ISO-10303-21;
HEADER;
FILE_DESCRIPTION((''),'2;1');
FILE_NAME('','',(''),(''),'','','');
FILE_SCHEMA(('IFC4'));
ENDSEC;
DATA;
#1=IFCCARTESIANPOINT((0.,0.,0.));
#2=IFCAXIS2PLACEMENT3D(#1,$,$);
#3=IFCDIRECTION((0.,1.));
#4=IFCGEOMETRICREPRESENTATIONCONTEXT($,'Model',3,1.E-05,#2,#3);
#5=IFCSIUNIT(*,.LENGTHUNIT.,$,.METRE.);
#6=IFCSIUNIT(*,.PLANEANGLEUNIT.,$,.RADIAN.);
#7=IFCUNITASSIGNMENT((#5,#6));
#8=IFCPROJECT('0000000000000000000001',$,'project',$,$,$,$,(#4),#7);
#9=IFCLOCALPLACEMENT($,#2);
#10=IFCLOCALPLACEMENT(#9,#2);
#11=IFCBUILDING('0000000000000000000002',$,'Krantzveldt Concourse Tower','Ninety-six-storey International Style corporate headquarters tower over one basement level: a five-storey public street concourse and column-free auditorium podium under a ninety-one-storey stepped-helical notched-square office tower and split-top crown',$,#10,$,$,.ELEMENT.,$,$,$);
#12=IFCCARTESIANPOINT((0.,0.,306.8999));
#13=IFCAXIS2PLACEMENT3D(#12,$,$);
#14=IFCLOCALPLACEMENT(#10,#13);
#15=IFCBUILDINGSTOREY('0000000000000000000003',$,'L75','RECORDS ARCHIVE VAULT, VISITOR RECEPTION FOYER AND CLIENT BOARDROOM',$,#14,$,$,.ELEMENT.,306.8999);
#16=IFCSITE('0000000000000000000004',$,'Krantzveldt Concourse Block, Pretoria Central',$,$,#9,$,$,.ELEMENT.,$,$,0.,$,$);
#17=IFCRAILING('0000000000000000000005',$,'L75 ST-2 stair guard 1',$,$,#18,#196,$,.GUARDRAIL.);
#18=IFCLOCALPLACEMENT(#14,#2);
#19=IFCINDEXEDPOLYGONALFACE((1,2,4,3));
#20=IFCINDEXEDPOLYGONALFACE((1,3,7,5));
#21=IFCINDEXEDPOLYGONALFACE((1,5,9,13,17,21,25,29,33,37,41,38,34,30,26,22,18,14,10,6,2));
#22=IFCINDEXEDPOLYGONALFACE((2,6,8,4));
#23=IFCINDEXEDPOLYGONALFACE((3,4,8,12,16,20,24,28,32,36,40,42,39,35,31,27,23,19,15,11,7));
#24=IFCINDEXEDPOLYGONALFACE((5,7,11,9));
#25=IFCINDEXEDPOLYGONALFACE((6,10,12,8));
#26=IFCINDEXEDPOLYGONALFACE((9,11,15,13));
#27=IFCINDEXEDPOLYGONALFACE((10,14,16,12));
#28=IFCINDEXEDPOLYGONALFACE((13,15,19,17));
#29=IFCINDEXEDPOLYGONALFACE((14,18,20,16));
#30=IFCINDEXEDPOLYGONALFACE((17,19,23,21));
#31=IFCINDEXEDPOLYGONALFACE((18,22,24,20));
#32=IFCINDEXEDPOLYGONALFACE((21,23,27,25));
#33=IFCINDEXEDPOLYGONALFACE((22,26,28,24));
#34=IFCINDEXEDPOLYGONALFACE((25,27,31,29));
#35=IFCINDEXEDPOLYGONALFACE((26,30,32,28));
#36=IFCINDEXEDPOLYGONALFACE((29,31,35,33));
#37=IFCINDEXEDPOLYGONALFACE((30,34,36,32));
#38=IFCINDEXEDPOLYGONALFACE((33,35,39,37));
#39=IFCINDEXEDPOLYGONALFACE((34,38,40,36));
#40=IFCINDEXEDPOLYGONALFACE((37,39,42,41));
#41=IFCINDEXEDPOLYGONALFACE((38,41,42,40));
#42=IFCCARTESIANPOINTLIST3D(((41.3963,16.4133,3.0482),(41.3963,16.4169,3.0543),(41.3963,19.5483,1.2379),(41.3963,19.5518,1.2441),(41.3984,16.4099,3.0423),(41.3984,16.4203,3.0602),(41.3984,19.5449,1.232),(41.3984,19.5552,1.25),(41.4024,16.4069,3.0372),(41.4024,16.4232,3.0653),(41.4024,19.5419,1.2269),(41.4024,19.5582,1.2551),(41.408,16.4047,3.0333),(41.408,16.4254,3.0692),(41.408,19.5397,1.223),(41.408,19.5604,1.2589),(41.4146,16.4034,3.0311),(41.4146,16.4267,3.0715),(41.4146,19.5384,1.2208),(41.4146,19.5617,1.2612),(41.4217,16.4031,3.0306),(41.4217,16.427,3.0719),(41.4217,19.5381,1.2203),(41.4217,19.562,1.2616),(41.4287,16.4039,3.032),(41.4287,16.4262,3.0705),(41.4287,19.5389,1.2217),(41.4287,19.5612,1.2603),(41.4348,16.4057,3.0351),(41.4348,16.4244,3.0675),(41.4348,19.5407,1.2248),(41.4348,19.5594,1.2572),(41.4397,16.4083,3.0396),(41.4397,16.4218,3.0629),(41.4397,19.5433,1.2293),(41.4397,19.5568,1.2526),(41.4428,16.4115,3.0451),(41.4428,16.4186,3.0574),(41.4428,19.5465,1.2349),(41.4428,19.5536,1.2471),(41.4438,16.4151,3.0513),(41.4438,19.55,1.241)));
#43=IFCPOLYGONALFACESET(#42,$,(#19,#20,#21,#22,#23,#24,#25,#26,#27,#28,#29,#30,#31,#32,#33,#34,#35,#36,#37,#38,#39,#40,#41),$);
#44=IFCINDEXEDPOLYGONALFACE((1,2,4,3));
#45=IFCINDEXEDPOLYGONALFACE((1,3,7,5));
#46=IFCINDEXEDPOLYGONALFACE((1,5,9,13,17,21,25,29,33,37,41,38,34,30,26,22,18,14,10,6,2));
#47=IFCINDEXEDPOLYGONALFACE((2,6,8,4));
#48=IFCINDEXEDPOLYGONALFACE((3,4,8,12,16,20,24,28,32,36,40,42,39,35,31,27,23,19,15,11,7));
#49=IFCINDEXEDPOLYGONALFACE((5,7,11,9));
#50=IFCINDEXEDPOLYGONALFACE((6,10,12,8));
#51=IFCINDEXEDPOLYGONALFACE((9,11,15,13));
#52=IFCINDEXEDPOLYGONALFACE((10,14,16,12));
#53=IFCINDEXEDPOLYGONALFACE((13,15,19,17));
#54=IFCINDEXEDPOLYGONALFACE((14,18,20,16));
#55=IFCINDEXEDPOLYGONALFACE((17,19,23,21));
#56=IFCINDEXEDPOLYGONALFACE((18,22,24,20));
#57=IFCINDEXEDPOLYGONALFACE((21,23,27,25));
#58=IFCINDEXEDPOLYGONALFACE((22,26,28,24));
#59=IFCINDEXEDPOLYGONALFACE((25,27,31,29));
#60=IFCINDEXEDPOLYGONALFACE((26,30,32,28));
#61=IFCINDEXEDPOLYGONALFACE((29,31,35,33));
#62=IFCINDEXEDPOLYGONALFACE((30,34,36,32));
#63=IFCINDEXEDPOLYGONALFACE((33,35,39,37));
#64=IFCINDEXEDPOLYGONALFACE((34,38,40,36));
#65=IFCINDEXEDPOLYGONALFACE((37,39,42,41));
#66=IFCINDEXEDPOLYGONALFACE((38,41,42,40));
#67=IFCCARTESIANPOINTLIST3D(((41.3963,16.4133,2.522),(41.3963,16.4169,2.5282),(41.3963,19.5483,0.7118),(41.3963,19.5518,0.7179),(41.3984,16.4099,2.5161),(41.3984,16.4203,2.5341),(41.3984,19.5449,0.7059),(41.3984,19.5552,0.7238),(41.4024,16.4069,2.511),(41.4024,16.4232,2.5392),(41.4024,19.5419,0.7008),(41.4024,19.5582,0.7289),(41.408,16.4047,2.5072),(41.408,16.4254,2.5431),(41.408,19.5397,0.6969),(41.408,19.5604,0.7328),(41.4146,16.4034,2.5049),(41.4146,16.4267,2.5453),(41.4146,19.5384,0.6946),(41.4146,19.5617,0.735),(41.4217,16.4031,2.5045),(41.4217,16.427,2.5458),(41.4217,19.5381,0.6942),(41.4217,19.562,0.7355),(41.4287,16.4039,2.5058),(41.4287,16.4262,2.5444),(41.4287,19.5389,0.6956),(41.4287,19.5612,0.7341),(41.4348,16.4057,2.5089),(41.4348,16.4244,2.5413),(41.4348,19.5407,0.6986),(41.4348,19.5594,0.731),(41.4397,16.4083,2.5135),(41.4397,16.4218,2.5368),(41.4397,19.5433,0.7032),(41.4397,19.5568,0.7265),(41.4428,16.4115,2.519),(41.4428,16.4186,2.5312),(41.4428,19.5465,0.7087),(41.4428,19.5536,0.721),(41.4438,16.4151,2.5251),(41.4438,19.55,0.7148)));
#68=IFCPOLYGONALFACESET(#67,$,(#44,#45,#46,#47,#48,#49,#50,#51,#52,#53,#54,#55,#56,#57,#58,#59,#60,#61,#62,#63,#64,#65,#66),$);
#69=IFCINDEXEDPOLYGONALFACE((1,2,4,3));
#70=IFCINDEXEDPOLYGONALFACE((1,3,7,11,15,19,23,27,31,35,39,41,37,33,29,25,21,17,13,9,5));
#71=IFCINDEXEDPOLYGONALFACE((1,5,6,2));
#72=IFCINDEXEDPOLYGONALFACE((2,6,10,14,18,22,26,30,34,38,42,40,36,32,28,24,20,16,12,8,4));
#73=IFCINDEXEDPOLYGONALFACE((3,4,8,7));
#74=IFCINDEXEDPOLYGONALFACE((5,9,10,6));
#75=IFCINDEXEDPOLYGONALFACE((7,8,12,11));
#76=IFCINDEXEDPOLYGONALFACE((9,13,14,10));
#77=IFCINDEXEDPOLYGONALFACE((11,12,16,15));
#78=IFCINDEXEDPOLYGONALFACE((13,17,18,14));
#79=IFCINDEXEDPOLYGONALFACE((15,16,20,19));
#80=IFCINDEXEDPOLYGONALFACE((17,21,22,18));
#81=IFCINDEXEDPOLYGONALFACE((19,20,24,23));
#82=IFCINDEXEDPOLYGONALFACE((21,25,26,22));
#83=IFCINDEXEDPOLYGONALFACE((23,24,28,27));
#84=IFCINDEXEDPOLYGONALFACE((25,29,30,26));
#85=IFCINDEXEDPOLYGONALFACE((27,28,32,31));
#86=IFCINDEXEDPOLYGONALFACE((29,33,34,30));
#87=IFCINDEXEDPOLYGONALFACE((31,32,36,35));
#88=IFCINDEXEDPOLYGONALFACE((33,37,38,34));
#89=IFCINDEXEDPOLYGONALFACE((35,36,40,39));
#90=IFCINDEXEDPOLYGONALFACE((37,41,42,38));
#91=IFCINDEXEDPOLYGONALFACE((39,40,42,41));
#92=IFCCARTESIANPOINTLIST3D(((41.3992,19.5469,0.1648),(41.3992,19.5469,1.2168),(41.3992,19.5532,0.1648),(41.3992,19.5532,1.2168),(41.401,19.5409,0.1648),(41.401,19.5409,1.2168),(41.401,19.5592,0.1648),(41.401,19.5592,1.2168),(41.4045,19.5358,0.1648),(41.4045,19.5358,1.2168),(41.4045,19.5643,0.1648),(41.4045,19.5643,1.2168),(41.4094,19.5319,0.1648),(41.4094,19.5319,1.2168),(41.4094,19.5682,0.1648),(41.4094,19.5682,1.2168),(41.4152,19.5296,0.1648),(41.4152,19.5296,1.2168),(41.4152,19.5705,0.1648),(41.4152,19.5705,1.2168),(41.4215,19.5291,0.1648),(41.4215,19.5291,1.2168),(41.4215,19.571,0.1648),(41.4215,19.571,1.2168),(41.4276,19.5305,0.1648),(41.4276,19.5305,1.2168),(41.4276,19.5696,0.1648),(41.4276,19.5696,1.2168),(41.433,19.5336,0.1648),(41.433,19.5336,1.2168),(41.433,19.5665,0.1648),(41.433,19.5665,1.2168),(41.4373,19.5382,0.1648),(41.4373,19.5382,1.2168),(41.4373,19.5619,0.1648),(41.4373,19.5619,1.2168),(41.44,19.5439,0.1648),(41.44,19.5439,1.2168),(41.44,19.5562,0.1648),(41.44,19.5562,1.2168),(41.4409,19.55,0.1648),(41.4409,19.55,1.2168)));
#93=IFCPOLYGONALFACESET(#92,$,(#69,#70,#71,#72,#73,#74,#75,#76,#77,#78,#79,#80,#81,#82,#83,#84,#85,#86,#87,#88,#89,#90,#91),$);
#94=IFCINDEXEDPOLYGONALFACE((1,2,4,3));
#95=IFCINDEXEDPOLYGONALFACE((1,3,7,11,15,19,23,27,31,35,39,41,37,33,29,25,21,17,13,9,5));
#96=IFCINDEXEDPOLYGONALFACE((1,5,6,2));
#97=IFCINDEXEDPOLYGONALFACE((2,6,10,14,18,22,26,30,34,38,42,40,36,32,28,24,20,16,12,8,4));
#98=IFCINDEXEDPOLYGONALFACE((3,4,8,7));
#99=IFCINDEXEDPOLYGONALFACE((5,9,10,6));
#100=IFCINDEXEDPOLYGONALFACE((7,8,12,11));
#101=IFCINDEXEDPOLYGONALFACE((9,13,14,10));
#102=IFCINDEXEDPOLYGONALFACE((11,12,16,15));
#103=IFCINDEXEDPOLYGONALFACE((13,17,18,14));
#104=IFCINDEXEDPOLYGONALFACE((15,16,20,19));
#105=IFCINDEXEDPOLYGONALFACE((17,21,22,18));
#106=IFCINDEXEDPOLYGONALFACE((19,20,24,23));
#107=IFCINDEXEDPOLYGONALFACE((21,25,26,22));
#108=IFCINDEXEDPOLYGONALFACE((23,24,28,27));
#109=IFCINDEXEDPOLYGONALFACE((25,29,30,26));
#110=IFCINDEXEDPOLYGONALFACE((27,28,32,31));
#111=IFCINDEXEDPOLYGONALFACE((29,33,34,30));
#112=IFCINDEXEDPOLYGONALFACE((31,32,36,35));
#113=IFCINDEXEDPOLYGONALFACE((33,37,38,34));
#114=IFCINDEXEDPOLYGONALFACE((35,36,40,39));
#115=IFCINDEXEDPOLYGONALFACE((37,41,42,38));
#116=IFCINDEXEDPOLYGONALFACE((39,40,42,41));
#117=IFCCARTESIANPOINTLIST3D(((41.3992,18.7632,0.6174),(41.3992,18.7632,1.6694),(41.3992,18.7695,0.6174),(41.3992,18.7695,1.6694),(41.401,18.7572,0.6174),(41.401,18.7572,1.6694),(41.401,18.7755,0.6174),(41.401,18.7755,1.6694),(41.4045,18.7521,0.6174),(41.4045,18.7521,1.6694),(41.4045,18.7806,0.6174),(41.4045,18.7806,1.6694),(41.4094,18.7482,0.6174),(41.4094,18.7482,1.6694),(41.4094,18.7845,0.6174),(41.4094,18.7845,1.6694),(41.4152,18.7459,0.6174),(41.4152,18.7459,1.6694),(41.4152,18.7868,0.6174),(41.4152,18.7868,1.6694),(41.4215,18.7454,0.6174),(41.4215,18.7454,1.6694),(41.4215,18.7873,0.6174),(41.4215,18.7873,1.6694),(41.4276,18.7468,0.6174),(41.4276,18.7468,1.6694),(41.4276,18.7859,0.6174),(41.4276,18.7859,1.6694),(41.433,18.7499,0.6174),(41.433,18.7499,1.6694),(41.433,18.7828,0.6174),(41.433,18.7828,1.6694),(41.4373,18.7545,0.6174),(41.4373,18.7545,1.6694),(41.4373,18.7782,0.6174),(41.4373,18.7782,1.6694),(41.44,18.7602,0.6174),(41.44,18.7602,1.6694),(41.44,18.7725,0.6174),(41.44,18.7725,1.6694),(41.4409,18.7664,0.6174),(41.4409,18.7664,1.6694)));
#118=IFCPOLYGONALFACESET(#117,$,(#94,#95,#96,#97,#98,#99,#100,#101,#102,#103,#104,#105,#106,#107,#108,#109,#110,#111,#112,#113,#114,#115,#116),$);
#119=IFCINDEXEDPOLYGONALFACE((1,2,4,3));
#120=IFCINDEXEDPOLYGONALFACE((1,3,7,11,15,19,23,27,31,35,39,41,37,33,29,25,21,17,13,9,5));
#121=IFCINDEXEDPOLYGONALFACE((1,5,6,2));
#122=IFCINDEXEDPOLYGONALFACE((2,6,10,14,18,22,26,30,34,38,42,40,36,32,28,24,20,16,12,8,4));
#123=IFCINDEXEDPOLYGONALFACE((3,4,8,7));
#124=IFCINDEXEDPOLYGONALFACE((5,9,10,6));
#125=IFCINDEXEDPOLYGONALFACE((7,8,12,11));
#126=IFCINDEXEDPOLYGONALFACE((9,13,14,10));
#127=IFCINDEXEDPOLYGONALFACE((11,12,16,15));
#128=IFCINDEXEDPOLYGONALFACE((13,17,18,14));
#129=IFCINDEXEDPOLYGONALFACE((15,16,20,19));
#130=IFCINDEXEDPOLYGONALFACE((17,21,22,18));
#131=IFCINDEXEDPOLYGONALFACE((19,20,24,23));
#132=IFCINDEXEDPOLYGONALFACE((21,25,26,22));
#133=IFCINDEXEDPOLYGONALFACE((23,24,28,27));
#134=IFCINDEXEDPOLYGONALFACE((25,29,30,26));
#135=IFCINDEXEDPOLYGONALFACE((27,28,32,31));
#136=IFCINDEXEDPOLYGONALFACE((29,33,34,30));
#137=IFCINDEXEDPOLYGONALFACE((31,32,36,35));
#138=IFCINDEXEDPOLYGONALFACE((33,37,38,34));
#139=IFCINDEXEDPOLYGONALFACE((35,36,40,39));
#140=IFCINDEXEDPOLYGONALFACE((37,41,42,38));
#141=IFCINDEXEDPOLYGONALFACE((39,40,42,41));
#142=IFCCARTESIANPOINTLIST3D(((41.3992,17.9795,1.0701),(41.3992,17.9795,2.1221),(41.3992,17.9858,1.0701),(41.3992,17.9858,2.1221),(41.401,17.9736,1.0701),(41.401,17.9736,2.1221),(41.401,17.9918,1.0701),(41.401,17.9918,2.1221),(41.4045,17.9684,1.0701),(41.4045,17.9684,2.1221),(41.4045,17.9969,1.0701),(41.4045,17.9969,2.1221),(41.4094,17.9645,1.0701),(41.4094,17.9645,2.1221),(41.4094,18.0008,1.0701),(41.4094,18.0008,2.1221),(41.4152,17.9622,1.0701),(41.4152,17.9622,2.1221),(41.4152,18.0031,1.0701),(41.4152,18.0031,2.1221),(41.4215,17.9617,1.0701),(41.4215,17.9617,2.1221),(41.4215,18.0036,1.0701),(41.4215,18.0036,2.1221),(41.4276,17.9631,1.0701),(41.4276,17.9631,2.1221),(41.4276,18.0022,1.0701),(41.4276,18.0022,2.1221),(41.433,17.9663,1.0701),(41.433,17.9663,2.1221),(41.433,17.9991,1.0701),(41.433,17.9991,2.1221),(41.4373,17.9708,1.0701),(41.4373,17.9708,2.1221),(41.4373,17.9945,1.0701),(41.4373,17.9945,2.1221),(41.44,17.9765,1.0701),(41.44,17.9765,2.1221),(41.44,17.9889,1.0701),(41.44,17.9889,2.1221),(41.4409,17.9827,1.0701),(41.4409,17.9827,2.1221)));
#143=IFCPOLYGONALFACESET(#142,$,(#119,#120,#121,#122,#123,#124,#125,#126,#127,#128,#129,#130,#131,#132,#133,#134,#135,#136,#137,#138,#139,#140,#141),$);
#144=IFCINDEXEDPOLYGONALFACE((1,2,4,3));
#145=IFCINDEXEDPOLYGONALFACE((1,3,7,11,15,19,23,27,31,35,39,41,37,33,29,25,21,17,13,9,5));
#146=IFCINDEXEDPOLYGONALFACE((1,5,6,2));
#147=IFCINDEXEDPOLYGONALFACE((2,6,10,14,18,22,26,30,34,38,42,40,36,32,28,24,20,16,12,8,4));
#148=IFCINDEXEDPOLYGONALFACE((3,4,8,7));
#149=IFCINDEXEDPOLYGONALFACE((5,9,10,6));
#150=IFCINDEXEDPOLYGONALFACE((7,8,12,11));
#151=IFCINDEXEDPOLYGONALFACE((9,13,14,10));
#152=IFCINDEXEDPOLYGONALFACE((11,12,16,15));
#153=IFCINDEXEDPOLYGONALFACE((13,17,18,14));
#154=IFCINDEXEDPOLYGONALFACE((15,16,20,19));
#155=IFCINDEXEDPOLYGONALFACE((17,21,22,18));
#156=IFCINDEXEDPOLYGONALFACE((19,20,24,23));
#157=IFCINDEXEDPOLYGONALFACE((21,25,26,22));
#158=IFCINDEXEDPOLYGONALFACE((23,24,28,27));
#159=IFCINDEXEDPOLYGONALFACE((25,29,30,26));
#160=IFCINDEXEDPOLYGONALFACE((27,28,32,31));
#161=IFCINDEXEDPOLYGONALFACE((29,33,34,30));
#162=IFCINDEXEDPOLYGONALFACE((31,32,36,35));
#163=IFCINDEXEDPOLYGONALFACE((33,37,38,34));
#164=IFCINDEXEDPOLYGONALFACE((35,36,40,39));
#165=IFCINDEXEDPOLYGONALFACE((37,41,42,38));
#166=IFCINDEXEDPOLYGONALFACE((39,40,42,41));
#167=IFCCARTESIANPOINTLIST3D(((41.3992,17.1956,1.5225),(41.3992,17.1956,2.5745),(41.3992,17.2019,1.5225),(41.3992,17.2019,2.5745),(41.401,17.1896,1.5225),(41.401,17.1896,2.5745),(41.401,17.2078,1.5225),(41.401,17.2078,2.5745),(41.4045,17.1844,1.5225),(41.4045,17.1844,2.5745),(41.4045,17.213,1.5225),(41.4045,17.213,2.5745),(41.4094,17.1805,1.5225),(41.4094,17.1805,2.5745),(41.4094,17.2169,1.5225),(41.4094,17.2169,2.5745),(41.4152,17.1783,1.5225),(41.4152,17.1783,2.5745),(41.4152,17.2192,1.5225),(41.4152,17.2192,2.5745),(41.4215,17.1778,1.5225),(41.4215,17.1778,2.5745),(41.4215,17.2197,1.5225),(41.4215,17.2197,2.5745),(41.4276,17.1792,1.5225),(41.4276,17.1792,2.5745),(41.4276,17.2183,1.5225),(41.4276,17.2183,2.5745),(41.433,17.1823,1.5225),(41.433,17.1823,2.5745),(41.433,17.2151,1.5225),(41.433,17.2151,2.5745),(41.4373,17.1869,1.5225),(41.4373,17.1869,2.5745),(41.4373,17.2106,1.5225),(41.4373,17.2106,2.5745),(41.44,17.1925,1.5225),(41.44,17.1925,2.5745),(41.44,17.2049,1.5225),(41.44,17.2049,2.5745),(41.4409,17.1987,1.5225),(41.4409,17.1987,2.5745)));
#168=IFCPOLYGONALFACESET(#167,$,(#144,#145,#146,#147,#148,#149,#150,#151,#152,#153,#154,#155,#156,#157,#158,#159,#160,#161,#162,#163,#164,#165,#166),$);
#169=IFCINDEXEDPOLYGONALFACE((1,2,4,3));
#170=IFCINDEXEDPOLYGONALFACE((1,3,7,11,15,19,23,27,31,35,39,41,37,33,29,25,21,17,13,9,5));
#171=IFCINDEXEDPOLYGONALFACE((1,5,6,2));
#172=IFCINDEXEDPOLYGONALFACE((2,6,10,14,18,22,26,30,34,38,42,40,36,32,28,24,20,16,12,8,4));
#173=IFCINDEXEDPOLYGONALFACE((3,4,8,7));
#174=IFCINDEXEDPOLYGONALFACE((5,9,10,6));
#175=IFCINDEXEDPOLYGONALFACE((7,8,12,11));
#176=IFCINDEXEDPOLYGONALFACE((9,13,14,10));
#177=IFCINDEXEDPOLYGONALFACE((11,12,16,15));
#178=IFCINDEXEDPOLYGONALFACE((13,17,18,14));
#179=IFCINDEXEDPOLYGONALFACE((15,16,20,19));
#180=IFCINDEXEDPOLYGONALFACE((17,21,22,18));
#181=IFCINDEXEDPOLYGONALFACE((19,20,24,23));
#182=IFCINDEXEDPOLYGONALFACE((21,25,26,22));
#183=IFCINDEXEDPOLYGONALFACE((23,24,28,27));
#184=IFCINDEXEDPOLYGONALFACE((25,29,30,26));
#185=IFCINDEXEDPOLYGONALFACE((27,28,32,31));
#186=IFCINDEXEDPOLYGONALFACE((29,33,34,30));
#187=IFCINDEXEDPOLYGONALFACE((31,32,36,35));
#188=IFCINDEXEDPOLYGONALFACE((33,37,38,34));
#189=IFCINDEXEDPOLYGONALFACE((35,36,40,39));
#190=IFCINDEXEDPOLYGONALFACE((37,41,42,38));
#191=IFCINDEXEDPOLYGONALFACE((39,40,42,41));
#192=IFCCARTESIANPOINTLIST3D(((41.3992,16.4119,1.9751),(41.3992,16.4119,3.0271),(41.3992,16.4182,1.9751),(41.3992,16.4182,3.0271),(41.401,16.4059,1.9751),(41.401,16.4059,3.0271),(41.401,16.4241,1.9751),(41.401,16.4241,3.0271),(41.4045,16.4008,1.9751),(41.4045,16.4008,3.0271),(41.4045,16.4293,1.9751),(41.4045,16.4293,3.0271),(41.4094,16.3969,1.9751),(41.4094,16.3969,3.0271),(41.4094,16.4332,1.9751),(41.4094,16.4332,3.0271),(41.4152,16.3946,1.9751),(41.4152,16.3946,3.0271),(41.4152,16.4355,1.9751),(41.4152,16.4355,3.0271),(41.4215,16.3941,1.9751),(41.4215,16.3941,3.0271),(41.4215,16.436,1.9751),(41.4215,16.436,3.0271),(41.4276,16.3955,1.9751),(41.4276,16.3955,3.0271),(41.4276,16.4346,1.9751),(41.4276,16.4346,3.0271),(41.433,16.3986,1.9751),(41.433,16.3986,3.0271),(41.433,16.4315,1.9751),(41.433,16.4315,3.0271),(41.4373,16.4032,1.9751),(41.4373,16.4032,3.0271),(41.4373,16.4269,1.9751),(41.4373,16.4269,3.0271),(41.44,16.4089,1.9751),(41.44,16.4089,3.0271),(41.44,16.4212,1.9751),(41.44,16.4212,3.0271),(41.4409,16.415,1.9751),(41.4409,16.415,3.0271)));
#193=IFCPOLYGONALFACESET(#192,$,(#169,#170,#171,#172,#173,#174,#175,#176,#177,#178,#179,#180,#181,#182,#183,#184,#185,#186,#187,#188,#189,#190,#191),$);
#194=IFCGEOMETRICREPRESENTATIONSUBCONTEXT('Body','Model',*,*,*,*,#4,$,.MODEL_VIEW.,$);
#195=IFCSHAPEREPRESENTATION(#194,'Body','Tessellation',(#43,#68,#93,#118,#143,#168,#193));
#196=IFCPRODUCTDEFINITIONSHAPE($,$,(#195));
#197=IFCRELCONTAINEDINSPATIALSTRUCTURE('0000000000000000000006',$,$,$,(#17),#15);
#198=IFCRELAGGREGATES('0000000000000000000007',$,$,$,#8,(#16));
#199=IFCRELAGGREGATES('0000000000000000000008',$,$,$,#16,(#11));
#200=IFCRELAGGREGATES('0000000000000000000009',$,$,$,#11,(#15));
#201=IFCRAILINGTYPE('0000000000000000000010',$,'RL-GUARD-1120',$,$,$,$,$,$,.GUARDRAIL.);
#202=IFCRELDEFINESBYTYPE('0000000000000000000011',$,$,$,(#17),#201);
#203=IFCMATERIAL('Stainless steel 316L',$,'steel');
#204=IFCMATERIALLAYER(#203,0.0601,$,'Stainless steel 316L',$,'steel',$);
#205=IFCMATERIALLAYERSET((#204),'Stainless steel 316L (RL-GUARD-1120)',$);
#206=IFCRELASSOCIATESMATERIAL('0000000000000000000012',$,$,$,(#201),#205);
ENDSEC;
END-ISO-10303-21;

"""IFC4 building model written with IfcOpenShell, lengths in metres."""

from ifc_helpers import new_model, si_unit, direction, frame, origin, origin_2d, place, context, subcontext, project, spatial, circle, extrude, material, layer, layer_set, type_object, element, save


model = new_model("IFC4")

# Units and contexts
model_context = context("Model", 3, precision=1e-05, world=origin(), true_north=direction((0.0, 1.0)))
body_context = subcontext(model_context, "Body", "Model", "MODEL_VIEW")
ifc_project = project(units=[si_unit("LENGTHUNIT", "METRE"), si_unit("PLANEANGLEUNIT", "RADIAN")], contexts=[model_context])

# Site, building, storey
site_placement = place(None, origin())
site = spatial("IfcSite", under=ifc_project, at=site_placement, Name="Krantzveldt Concourse Block, Pretoria Central", CompositionType="ELEMENT", RefElevation=0.0)
building_placement = place(site_placement, origin())
building = spatial("IfcBuilding", under=site, at=building_placement, Name="Krantzveldt Concourse Tower", Description="Ninety-six-storey International Style corporate headquarters tower over one basement level: a five-storey public street concourse and column-free auditorium podium under a ninety-one-storey stepped-helical notched-square office tower and split-top crown", CompositionType="ELEMENT")
storey_placement = place(building_placement, frame((0.0, 0.0, 306.8999)))
storey = spatial("IfcBuildingStorey", under=building, at=storey_placement, Name="L75", Description="RECORDS ARCHIVE VAULT, VISITOR RECEPTION FOYER AND CLIENT BOARDROOM", CompositionType="ELEMENT", Elevation=306.8999)

# Shared definitions
ifc_material_1 = material(Name="Stainless steel 316L", Category="steel")

# Railing
ifc_layer_1 = layer(ifc_material_1, 0.0601, Name="Stainless steel 316L", Category="steel")
ifc_layer_set_1 = layer_set([ifc_layer_1], Name="Stainless steel 316L (RL-GUARD-1120)")
railing_type_1 = type_object("IfcRailingType", Name="RL-GUARD-1120", PredefinedType="GUARDRAIL", material=ifc_layer_set_1)
railing_1_placement = place(storey_placement, frame((41.4199, 19.55, 0.1648)))
element("IfcRailing", 1, at=railing_1_placement, inside=storey, type_object=railing_type_1, Name="L75 ST-2 stair guard 1", PredefinedType="GUARDRAIL", context=body_context, shape_type="SweptSolid", body=[
    extrude(circle(Radius=0.0239, at=origin_2d()), frame((0.0, 0.0, 1.0762), z_axis=(0.0, -0.865989, 0.500063), x_axis=(1.0, 0.0, 0.0)), (0.0, 0.0, 1.0), 3.6201),
    extrude(circle(Radius=0.0239, at=origin_2d()), frame((0.0, 0.0, 0.55), z_axis=(0.0, -0.865989, 0.500063), x_axis=(1.0, 0.0, 0.0)), (0.0, 0.0, 1.0), 3.6201),
    extrude(circle(Radius=0.021, at=origin_2d()), origin(), (0.0, 0.0, 1.0), 1.052),
    extrude(circle(Radius=0.021, at=origin_2d()), frame((0.0, -0.7837, 0.4526)), (0.0, 0.0, 1.0), 1.052),
    extrude(circle(Radius=0.021, at=origin_2d()), frame((0.0, -1.5674, 0.9053)), (0.0, 0.0, 1.0), 1.052),
    extrude(circle(Radius=0.021, at=origin_2d()), frame((0.0, -2.3513, 1.3577)), (0.0, 0.0, 1.0), 1.052),
    extrude(circle(Radius=0.021, at=origin_2d()), frame((0.0, -3.135, 1.8103)), (0.0, 0.0, 1.0), 1.052),
])

save(model, "model.ifc")
